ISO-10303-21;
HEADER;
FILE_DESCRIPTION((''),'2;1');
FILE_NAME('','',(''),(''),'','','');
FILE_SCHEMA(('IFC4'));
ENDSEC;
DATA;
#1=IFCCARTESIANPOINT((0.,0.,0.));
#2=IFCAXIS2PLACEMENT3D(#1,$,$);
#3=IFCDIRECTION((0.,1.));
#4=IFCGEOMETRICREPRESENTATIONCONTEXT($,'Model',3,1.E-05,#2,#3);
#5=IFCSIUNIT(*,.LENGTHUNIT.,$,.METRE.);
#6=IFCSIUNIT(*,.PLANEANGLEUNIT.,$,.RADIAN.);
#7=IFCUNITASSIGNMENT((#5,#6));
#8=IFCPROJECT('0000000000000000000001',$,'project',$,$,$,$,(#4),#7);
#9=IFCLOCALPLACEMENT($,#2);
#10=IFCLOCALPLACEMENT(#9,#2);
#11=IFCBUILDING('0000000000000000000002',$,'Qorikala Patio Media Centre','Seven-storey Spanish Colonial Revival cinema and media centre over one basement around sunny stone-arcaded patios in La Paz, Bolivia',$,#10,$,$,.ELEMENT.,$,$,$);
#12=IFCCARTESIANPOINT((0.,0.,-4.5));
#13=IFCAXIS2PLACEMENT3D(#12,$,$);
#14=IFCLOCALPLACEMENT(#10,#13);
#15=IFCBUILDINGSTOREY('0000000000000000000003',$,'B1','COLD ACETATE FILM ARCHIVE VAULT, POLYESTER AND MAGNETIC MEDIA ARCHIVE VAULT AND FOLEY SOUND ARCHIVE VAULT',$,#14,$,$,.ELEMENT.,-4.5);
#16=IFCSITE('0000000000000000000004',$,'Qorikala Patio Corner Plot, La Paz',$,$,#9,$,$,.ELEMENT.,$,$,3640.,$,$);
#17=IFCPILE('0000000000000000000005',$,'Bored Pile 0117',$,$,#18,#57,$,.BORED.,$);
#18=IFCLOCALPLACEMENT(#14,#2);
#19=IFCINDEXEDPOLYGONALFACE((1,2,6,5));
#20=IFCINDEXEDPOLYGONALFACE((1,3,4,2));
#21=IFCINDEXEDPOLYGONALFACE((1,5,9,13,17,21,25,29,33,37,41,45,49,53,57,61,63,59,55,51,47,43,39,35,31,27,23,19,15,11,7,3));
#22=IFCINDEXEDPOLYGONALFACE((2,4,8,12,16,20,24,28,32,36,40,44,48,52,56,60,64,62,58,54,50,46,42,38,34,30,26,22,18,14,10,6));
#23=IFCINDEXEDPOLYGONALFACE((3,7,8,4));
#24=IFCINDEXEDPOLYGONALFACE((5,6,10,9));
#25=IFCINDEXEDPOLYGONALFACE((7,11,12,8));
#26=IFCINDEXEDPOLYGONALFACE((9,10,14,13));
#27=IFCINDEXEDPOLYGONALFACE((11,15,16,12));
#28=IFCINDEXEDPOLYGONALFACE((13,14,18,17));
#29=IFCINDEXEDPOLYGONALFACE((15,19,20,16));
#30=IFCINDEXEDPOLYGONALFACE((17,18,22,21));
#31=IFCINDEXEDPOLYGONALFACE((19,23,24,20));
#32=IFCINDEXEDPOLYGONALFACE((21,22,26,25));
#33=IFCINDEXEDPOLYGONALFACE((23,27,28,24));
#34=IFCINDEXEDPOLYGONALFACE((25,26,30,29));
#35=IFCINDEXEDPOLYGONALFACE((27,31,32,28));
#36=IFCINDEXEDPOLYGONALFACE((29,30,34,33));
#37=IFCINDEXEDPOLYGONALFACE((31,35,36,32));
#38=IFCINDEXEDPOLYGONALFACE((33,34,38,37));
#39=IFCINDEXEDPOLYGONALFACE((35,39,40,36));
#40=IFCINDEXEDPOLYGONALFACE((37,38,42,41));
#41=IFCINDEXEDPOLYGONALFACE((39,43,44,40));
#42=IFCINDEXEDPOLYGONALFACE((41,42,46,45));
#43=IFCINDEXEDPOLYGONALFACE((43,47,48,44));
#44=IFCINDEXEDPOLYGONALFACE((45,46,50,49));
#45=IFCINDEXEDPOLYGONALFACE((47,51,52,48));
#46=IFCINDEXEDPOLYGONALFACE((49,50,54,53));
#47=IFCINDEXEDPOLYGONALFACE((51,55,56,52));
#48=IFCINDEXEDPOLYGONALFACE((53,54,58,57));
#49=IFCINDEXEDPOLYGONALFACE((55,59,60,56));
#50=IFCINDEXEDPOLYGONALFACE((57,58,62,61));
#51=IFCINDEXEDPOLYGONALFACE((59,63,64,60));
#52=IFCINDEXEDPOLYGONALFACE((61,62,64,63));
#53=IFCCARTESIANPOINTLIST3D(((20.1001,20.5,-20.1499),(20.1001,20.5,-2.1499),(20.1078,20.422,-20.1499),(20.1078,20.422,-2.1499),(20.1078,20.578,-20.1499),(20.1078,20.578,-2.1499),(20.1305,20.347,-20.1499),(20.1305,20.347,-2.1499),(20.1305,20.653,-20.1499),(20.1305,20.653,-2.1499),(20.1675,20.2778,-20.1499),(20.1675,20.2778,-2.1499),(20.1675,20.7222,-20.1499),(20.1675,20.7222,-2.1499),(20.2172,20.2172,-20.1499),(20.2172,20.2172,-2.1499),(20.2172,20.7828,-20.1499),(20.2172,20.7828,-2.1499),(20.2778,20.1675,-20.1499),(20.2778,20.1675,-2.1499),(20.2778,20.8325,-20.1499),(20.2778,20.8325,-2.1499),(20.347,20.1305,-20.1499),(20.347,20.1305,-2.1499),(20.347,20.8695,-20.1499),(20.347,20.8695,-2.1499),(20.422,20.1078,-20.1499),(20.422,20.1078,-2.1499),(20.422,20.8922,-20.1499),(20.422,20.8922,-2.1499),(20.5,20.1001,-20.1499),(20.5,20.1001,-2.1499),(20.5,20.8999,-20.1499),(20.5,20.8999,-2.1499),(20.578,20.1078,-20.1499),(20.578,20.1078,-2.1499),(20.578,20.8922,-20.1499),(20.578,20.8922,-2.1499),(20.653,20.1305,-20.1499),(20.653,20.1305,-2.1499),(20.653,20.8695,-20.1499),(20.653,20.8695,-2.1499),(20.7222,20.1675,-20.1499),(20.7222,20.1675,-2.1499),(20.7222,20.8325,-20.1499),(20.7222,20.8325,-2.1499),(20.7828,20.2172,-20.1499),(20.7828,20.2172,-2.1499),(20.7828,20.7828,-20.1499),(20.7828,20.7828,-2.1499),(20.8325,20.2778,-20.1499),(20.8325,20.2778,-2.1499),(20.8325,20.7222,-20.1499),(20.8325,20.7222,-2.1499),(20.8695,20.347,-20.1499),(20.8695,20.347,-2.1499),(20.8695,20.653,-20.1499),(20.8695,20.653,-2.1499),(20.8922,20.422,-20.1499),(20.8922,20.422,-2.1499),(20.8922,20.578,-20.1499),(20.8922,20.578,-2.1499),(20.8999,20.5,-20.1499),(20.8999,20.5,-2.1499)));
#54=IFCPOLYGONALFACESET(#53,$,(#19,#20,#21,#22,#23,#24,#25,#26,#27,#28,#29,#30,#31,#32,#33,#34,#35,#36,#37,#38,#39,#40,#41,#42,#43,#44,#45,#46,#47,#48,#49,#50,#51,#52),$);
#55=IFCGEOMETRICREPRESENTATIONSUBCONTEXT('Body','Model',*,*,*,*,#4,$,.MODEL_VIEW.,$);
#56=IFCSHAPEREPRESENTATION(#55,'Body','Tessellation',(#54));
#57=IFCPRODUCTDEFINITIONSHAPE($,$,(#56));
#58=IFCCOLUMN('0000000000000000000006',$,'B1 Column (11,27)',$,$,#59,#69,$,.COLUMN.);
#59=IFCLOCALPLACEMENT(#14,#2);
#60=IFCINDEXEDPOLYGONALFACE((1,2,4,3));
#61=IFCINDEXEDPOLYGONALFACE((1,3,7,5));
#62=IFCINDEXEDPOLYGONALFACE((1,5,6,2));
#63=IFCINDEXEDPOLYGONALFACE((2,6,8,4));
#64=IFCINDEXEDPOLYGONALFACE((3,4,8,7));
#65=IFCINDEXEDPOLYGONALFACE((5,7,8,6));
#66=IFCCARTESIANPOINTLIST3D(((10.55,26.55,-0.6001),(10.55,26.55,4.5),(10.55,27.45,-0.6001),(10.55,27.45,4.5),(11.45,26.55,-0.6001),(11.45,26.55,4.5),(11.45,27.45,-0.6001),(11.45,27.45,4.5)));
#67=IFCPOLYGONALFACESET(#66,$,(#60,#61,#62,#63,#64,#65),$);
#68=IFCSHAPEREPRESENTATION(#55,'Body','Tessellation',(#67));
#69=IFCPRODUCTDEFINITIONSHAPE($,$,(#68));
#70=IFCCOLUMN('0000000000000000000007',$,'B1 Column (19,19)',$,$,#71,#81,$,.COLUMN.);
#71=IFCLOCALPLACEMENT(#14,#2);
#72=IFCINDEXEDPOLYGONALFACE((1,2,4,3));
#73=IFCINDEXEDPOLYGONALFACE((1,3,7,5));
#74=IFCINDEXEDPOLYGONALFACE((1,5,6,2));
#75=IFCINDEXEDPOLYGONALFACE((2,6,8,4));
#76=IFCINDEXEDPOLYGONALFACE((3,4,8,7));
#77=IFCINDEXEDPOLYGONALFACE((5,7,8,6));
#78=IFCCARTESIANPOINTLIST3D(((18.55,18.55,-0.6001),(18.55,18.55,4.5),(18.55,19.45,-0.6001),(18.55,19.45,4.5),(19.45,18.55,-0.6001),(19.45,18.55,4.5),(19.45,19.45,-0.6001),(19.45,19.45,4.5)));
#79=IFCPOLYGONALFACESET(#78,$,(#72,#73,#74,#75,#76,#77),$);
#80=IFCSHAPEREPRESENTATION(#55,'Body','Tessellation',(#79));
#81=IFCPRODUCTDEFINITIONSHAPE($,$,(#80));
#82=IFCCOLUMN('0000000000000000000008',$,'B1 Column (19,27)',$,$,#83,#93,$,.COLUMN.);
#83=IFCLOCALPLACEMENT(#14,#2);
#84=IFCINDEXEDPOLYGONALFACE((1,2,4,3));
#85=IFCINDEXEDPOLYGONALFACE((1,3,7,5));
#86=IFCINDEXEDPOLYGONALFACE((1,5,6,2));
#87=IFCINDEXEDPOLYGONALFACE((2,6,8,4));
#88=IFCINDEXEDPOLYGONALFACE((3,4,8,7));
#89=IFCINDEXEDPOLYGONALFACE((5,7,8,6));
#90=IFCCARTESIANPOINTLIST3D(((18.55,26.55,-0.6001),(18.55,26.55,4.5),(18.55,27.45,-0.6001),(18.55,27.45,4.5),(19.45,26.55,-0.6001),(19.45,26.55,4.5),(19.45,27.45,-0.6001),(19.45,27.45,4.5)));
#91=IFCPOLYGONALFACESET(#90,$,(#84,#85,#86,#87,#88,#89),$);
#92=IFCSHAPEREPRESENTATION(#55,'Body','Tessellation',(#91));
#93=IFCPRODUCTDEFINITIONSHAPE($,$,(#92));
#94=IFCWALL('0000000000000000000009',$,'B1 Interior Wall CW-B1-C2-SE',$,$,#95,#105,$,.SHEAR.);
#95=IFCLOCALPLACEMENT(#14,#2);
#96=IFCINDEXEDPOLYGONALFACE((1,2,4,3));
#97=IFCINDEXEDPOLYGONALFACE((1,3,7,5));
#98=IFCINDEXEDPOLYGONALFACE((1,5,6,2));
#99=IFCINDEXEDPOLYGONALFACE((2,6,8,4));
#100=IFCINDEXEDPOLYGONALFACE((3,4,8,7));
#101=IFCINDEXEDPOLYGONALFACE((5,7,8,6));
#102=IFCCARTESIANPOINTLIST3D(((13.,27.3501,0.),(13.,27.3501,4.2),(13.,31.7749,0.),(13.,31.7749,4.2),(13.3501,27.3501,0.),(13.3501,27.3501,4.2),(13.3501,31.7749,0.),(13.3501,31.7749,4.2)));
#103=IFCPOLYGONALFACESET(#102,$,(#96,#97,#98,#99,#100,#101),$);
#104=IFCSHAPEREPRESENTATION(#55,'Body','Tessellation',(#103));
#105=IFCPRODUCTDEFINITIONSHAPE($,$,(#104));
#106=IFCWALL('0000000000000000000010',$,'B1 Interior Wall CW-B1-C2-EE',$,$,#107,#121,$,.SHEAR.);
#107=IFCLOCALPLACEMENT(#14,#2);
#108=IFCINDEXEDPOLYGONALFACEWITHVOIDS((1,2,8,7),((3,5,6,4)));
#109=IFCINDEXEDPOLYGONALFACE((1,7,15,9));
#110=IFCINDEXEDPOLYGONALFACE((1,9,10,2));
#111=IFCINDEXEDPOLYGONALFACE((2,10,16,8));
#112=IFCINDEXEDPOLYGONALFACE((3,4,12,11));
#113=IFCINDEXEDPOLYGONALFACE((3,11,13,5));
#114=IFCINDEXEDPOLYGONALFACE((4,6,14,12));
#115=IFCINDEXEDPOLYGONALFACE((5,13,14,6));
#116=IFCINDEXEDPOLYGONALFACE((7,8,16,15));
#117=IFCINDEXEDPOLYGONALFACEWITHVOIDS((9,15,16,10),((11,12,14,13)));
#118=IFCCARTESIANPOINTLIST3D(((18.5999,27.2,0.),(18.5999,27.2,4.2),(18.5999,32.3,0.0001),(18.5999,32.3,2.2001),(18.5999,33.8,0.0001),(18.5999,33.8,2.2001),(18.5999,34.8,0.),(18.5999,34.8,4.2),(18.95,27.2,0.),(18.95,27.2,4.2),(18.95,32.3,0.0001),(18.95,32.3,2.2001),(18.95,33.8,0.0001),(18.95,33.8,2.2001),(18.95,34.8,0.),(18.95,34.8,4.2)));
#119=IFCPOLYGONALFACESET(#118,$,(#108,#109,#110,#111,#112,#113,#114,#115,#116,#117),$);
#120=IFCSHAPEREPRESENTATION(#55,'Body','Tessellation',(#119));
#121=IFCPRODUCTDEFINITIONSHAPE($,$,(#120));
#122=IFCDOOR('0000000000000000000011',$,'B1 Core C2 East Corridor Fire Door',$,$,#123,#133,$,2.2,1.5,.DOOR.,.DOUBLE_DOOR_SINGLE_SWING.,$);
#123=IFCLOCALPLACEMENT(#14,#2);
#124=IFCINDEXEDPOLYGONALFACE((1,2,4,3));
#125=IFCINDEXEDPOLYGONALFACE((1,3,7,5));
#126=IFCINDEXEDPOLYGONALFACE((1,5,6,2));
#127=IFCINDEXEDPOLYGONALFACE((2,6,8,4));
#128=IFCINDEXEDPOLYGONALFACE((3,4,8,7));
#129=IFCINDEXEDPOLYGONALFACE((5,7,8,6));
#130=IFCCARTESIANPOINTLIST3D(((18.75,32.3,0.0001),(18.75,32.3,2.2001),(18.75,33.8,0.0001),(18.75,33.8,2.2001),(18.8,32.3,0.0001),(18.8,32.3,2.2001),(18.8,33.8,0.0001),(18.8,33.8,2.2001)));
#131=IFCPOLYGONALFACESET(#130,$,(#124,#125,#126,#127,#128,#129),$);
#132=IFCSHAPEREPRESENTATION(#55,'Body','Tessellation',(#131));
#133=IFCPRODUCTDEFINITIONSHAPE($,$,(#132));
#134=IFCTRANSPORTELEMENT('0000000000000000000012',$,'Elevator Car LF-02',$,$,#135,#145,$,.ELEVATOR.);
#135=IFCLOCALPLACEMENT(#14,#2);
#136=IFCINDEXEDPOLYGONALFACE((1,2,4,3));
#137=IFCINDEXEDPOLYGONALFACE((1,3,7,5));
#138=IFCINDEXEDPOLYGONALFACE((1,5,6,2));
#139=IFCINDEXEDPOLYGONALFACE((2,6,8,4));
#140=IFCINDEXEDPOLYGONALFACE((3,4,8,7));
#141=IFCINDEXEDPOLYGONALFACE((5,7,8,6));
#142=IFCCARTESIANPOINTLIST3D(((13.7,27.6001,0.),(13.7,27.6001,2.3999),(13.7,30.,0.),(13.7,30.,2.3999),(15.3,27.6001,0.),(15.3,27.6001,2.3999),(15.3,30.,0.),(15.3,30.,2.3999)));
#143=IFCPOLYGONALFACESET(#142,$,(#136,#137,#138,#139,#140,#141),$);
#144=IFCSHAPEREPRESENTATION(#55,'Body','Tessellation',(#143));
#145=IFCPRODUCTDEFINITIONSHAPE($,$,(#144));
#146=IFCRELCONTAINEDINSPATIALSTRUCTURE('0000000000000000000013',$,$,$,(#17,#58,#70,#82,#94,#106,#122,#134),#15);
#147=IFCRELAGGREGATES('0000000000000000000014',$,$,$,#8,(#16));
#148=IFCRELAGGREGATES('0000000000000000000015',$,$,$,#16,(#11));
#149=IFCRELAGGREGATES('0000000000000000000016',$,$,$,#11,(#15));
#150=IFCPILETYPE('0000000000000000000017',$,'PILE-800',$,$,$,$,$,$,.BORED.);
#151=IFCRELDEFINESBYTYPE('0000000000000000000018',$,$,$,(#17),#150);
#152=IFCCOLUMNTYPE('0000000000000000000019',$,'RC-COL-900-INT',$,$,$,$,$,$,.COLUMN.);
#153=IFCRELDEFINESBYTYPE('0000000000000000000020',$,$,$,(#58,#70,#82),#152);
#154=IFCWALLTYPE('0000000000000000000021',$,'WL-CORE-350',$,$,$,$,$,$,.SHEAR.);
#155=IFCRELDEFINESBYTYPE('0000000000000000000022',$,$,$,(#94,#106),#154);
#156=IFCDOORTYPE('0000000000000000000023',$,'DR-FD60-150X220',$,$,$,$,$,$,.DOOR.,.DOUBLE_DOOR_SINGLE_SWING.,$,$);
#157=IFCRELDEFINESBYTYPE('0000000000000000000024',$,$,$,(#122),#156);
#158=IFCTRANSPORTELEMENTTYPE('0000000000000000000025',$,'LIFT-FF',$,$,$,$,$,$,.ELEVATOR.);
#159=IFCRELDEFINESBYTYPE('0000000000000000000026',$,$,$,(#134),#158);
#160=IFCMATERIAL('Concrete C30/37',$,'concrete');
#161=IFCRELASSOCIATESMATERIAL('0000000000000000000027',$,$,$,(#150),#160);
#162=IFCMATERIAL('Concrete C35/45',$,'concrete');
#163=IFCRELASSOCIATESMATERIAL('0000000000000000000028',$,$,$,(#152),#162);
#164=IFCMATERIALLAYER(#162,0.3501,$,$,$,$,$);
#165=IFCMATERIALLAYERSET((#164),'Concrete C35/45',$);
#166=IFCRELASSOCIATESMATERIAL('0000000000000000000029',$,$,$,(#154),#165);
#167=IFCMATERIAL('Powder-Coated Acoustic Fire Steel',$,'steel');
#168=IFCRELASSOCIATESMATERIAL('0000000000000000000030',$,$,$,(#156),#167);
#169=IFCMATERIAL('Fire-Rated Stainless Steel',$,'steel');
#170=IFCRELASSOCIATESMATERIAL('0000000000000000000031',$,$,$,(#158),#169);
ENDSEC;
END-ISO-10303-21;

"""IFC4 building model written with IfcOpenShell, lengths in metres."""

from ifc_helpers import new_model, si_unit, direction, frame, frame_2d, origin, origin_2d, place, context, subcontext, project, spatial, rectangle, circle, extrude, material, layer, layer_set, material_profile, profile_set, type_object, element, fill, save


model = new_model("IFC4")

# Units and contexts
model_context = context("Model", 3, precision=1e-05, world=origin(), true_north=direction((0.0, 1.0)))
body_context = subcontext(model_context, "Body", "Model", "MODEL_VIEW")
ifc_project = project(units=[si_unit("LENGTHUNIT", "METRE"), si_unit("PLANEANGLEUNIT", "RADIAN")], contexts=[model_context])

# Site, building, storey
site_placement = place(None, origin())
site = spatial("IfcSite", under=ifc_project, at=site_placement, Name="Qorikala Patio Corner Plot, La Paz", CompositionType="ELEMENT", RefElevation=3640.0)
building_placement = place(site_placement, origin())
building = spatial("IfcBuilding", under=site, at=building_placement, Name="Qorikala Patio Media Centre", Description="Seven-storey Spanish Colonial Revival cinema and media centre over one basement around sunny stone-arcaded patios in La Paz, Bolivia", CompositionType="ELEMENT")
storey_placement = place(building_placement, frame((0.0, 0.0, -4.5)))
storey = spatial("IfcBuildingStorey", under=building, at=storey_placement, Name="B1", Description="COLD ACETATE FILM ARCHIVE VAULT, POLYESTER AND MAGNETIC MEDIA ARCHIVE VAULT AND FOLEY SOUND ARCHIVE VAULT", CompositionType="ELEMENT", Elevation=-4.5)

# Shared definitions
ifc_material_1 = material(Name="Concrete C30/37", Category="concrete")

# Pile
ifc_material_profile_1 = material_profile(ifc_material_1, circle(Radius=0.3999, at=origin_2d()), Name="BORED PILE 800")
ifc_profile_set_1 = profile_set([ifc_material_profile_1], Name="Concrete C30/37")
pile_type_1 = type_object("IfcPileType", Name="PILE-800", PredefinedType="BORED", material=ifc_profile_set_1)
for number, where, z_axis, x_axis, name in (
    (1, (20.5, 20.5, -2.1499), (0.0, 0.0, -1.0), (1.0, 0.0, 0.0), "Bored Pile 0117"),
):
    element("IfcPile", number, at=place(storey_placement, frame(where, z_axis=z_axis, x_axis=x_axis)), inside=storey, type_object=pile_type_1, Name=name, PredefinedType="BORED", context=body_context, shape_type="SweptSolid", body=[
        extrude(circle(Radius=0.3999, at=origin_2d()), origin(), (0.0, 0.0, 1.0), 18.0),
    ])

# Columns
ifc_material_2 = material(Name="Concrete C35/45", Category="concrete")
ifc_material_profile_2 = material_profile(ifc_material_2, rectangle(XDim=0.8999, YDim=0.8999, at=origin_2d()), Name="RC 900x900")
ifc_profile_set_2 = profile_set([ifc_material_profile_2], Name="Concrete C35/45")
column_type = type_object("IfcColumnType", Name="RC-COL-900-INT", PredefinedType="COLUMN", material=ifc_profile_set_2)
for number, where, z_axis, x_axis, name in (
    (2, (11.0, 27.0, -0.6001), (0.0, 0.0, 1.0), (1.0, 0.0, 0.0), "B1 Column (11,27)"),
    (3, (19.0, 19.0, -0.6001), (0.0, 0.0, 1.0), (1.0, 0.0, 0.0), "B1 Column (19,19)"),
    (4, (19.0, 27.0, -0.6001), (0.0, 0.0, 1.0), (1.0, 0.0, 0.0), "B1 Column (19,27)"),
):
    element("IfcColumn", number, at=place(storey_placement, frame(where, z_axis=z_axis, x_axis=x_axis)), inside=storey, type_object=column_type, Name=name, PredefinedType="COLUMN", context=body_context, shape_type="SweptSolid", body=[
        extrude(rectangle(XDim=0.8999, YDim=0.8999, at=origin_2d()), origin(), (0.0, 0.0, 1.0), 5.1001),
    ])

# Wall
ifc_layer_1 = layer(ifc_material_2, 0.3501)
ifc_layer_set_1 = layer_set([ifc_layer_1], Name="Concrete C35/45")
wall_type = type_object("IfcWallType", Name="WL-CORE-350", PredefinedType="SHEAR", material=ifc_layer_set_1)
wall_1_placement = place(storey_placement, frame((13.175, 27.3501, 0.0), z_axis=(0.0, 0.0, 1.0), x_axis=(0.0, 1.0, 0.0)))
element("IfcWall", 5, at=wall_1_placement, inside=storey, type_object=wall_type, Name="B1 Interior Wall CW-B1-C2-SE", PredefinedType="SHEAR", context=body_context, shape_type="SweptSolid", body=[
    extrude(rectangle(XDim=4.4248, YDim=0.3501, at=frame_2d((2.2124, 0.0))), origin(), (0.0, 0.0, 1.0), 4.2),
])

# Wall, opening, door
wall_2_placement = place(storey_placement, frame((18.7749, 27.2, 0.0), z_axis=(0.0, 0.0, 1.0), x_axis=(0.0, 1.0, 0.0)))
wall_2 = element("IfcWall", 6, at=wall_2_placement, inside=storey, type_object=wall_type, Name="B1 Interior Wall CW-B1-C2-EE", PredefinedType="SHEAR", context=body_context, shape_type="SweptSolid", body=[
    extrude(rectangle(XDim=7.6001, YDim=0.3501, at=frame_2d((3.8, 0.0))), origin(), (0.0, 0.0, 1.0), 4.2),
])
opening_placement = place(wall_2_placement, frame((5.1001, 0.0, 0.0)))
opening = element("IfcOpeningElement", 7, at=opening_placement, cuts=wall_2, PredefinedType="OPENING", context=body_context, shape_type="SweptSolid", body=[
    extrude(rectangle(XDim=1.5, YDim=2.2, at=frame_2d((0.75, 1.1001))), frame((0.0, 0.1851, 0.0), z_axis=(0.0, -1.0, 0.0), x_axis=(1.0, 0.0, 0.0)), (0.0, 0.0, 1.0), 0.3701),
])
ifc_material_3 = material(Name="Powder-Coated Acoustic Fire Steel", Category="steel")
door_type = type_object("IfcDoorType", Name="DR-FD60-150X220", OperationType="DOUBLE_DOOR_SINGLE_SWING", PredefinedType="DOOR", material=ifc_material_3)
door_placement = place(opening_placement, origin())
door = element("IfcDoor", 8, at=door_placement, inside=storey, type_object=door_type, Name="B1 Core C2 East Corridor Fire Door", OperationType="DOUBLE_DOOR_SINGLE_SWING", OverallHeight=2.2, OverallWidth=1.5, PredefinedType="DOOR", context=body_context, shape_type="SweptSolid", body=[
    extrude(rectangle(XDim=1.5, YDim=2.2, at=frame_2d((0.75, 1.1001))), frame((0.0, 0.0249, 0.0), z_axis=(0.0, -1.0, 0.0), x_axis=(1.0, 0.0, 0.0)), (0.0, 0.0, 1.0), 0.05),
])
fill(opening, door)

# Transport element
ifc_material_4 = material(Name="Fire-Rated Stainless Steel", Category="steel")
transport_element_type = type_object("IfcTransportElementType", Name="LIFT-FF", PredefinedType="ELEVATOR", material=ifc_material_4)
transport_element_placement = place(storey_placement, frame((14.5, 28.8, 0.0), z_axis=(0.0, 0.0, 1.0), x_axis=(1.0, 0.0, 0.0)))
element("IfcTransportElement", 9, at=transport_element_placement, inside=storey, type_object=transport_element_type, Name="Elevator Car LF-02", PredefinedType="ELEVATOR", context=body_context, shape_type="SweptSolid", body=[
    extrude(rectangle(XDim=1.6001, YDim=2.3999, at=origin_2d()), origin(), (0.0, 0.0, 1.0), 2.3999),
])

save(model, "model.ifc")
